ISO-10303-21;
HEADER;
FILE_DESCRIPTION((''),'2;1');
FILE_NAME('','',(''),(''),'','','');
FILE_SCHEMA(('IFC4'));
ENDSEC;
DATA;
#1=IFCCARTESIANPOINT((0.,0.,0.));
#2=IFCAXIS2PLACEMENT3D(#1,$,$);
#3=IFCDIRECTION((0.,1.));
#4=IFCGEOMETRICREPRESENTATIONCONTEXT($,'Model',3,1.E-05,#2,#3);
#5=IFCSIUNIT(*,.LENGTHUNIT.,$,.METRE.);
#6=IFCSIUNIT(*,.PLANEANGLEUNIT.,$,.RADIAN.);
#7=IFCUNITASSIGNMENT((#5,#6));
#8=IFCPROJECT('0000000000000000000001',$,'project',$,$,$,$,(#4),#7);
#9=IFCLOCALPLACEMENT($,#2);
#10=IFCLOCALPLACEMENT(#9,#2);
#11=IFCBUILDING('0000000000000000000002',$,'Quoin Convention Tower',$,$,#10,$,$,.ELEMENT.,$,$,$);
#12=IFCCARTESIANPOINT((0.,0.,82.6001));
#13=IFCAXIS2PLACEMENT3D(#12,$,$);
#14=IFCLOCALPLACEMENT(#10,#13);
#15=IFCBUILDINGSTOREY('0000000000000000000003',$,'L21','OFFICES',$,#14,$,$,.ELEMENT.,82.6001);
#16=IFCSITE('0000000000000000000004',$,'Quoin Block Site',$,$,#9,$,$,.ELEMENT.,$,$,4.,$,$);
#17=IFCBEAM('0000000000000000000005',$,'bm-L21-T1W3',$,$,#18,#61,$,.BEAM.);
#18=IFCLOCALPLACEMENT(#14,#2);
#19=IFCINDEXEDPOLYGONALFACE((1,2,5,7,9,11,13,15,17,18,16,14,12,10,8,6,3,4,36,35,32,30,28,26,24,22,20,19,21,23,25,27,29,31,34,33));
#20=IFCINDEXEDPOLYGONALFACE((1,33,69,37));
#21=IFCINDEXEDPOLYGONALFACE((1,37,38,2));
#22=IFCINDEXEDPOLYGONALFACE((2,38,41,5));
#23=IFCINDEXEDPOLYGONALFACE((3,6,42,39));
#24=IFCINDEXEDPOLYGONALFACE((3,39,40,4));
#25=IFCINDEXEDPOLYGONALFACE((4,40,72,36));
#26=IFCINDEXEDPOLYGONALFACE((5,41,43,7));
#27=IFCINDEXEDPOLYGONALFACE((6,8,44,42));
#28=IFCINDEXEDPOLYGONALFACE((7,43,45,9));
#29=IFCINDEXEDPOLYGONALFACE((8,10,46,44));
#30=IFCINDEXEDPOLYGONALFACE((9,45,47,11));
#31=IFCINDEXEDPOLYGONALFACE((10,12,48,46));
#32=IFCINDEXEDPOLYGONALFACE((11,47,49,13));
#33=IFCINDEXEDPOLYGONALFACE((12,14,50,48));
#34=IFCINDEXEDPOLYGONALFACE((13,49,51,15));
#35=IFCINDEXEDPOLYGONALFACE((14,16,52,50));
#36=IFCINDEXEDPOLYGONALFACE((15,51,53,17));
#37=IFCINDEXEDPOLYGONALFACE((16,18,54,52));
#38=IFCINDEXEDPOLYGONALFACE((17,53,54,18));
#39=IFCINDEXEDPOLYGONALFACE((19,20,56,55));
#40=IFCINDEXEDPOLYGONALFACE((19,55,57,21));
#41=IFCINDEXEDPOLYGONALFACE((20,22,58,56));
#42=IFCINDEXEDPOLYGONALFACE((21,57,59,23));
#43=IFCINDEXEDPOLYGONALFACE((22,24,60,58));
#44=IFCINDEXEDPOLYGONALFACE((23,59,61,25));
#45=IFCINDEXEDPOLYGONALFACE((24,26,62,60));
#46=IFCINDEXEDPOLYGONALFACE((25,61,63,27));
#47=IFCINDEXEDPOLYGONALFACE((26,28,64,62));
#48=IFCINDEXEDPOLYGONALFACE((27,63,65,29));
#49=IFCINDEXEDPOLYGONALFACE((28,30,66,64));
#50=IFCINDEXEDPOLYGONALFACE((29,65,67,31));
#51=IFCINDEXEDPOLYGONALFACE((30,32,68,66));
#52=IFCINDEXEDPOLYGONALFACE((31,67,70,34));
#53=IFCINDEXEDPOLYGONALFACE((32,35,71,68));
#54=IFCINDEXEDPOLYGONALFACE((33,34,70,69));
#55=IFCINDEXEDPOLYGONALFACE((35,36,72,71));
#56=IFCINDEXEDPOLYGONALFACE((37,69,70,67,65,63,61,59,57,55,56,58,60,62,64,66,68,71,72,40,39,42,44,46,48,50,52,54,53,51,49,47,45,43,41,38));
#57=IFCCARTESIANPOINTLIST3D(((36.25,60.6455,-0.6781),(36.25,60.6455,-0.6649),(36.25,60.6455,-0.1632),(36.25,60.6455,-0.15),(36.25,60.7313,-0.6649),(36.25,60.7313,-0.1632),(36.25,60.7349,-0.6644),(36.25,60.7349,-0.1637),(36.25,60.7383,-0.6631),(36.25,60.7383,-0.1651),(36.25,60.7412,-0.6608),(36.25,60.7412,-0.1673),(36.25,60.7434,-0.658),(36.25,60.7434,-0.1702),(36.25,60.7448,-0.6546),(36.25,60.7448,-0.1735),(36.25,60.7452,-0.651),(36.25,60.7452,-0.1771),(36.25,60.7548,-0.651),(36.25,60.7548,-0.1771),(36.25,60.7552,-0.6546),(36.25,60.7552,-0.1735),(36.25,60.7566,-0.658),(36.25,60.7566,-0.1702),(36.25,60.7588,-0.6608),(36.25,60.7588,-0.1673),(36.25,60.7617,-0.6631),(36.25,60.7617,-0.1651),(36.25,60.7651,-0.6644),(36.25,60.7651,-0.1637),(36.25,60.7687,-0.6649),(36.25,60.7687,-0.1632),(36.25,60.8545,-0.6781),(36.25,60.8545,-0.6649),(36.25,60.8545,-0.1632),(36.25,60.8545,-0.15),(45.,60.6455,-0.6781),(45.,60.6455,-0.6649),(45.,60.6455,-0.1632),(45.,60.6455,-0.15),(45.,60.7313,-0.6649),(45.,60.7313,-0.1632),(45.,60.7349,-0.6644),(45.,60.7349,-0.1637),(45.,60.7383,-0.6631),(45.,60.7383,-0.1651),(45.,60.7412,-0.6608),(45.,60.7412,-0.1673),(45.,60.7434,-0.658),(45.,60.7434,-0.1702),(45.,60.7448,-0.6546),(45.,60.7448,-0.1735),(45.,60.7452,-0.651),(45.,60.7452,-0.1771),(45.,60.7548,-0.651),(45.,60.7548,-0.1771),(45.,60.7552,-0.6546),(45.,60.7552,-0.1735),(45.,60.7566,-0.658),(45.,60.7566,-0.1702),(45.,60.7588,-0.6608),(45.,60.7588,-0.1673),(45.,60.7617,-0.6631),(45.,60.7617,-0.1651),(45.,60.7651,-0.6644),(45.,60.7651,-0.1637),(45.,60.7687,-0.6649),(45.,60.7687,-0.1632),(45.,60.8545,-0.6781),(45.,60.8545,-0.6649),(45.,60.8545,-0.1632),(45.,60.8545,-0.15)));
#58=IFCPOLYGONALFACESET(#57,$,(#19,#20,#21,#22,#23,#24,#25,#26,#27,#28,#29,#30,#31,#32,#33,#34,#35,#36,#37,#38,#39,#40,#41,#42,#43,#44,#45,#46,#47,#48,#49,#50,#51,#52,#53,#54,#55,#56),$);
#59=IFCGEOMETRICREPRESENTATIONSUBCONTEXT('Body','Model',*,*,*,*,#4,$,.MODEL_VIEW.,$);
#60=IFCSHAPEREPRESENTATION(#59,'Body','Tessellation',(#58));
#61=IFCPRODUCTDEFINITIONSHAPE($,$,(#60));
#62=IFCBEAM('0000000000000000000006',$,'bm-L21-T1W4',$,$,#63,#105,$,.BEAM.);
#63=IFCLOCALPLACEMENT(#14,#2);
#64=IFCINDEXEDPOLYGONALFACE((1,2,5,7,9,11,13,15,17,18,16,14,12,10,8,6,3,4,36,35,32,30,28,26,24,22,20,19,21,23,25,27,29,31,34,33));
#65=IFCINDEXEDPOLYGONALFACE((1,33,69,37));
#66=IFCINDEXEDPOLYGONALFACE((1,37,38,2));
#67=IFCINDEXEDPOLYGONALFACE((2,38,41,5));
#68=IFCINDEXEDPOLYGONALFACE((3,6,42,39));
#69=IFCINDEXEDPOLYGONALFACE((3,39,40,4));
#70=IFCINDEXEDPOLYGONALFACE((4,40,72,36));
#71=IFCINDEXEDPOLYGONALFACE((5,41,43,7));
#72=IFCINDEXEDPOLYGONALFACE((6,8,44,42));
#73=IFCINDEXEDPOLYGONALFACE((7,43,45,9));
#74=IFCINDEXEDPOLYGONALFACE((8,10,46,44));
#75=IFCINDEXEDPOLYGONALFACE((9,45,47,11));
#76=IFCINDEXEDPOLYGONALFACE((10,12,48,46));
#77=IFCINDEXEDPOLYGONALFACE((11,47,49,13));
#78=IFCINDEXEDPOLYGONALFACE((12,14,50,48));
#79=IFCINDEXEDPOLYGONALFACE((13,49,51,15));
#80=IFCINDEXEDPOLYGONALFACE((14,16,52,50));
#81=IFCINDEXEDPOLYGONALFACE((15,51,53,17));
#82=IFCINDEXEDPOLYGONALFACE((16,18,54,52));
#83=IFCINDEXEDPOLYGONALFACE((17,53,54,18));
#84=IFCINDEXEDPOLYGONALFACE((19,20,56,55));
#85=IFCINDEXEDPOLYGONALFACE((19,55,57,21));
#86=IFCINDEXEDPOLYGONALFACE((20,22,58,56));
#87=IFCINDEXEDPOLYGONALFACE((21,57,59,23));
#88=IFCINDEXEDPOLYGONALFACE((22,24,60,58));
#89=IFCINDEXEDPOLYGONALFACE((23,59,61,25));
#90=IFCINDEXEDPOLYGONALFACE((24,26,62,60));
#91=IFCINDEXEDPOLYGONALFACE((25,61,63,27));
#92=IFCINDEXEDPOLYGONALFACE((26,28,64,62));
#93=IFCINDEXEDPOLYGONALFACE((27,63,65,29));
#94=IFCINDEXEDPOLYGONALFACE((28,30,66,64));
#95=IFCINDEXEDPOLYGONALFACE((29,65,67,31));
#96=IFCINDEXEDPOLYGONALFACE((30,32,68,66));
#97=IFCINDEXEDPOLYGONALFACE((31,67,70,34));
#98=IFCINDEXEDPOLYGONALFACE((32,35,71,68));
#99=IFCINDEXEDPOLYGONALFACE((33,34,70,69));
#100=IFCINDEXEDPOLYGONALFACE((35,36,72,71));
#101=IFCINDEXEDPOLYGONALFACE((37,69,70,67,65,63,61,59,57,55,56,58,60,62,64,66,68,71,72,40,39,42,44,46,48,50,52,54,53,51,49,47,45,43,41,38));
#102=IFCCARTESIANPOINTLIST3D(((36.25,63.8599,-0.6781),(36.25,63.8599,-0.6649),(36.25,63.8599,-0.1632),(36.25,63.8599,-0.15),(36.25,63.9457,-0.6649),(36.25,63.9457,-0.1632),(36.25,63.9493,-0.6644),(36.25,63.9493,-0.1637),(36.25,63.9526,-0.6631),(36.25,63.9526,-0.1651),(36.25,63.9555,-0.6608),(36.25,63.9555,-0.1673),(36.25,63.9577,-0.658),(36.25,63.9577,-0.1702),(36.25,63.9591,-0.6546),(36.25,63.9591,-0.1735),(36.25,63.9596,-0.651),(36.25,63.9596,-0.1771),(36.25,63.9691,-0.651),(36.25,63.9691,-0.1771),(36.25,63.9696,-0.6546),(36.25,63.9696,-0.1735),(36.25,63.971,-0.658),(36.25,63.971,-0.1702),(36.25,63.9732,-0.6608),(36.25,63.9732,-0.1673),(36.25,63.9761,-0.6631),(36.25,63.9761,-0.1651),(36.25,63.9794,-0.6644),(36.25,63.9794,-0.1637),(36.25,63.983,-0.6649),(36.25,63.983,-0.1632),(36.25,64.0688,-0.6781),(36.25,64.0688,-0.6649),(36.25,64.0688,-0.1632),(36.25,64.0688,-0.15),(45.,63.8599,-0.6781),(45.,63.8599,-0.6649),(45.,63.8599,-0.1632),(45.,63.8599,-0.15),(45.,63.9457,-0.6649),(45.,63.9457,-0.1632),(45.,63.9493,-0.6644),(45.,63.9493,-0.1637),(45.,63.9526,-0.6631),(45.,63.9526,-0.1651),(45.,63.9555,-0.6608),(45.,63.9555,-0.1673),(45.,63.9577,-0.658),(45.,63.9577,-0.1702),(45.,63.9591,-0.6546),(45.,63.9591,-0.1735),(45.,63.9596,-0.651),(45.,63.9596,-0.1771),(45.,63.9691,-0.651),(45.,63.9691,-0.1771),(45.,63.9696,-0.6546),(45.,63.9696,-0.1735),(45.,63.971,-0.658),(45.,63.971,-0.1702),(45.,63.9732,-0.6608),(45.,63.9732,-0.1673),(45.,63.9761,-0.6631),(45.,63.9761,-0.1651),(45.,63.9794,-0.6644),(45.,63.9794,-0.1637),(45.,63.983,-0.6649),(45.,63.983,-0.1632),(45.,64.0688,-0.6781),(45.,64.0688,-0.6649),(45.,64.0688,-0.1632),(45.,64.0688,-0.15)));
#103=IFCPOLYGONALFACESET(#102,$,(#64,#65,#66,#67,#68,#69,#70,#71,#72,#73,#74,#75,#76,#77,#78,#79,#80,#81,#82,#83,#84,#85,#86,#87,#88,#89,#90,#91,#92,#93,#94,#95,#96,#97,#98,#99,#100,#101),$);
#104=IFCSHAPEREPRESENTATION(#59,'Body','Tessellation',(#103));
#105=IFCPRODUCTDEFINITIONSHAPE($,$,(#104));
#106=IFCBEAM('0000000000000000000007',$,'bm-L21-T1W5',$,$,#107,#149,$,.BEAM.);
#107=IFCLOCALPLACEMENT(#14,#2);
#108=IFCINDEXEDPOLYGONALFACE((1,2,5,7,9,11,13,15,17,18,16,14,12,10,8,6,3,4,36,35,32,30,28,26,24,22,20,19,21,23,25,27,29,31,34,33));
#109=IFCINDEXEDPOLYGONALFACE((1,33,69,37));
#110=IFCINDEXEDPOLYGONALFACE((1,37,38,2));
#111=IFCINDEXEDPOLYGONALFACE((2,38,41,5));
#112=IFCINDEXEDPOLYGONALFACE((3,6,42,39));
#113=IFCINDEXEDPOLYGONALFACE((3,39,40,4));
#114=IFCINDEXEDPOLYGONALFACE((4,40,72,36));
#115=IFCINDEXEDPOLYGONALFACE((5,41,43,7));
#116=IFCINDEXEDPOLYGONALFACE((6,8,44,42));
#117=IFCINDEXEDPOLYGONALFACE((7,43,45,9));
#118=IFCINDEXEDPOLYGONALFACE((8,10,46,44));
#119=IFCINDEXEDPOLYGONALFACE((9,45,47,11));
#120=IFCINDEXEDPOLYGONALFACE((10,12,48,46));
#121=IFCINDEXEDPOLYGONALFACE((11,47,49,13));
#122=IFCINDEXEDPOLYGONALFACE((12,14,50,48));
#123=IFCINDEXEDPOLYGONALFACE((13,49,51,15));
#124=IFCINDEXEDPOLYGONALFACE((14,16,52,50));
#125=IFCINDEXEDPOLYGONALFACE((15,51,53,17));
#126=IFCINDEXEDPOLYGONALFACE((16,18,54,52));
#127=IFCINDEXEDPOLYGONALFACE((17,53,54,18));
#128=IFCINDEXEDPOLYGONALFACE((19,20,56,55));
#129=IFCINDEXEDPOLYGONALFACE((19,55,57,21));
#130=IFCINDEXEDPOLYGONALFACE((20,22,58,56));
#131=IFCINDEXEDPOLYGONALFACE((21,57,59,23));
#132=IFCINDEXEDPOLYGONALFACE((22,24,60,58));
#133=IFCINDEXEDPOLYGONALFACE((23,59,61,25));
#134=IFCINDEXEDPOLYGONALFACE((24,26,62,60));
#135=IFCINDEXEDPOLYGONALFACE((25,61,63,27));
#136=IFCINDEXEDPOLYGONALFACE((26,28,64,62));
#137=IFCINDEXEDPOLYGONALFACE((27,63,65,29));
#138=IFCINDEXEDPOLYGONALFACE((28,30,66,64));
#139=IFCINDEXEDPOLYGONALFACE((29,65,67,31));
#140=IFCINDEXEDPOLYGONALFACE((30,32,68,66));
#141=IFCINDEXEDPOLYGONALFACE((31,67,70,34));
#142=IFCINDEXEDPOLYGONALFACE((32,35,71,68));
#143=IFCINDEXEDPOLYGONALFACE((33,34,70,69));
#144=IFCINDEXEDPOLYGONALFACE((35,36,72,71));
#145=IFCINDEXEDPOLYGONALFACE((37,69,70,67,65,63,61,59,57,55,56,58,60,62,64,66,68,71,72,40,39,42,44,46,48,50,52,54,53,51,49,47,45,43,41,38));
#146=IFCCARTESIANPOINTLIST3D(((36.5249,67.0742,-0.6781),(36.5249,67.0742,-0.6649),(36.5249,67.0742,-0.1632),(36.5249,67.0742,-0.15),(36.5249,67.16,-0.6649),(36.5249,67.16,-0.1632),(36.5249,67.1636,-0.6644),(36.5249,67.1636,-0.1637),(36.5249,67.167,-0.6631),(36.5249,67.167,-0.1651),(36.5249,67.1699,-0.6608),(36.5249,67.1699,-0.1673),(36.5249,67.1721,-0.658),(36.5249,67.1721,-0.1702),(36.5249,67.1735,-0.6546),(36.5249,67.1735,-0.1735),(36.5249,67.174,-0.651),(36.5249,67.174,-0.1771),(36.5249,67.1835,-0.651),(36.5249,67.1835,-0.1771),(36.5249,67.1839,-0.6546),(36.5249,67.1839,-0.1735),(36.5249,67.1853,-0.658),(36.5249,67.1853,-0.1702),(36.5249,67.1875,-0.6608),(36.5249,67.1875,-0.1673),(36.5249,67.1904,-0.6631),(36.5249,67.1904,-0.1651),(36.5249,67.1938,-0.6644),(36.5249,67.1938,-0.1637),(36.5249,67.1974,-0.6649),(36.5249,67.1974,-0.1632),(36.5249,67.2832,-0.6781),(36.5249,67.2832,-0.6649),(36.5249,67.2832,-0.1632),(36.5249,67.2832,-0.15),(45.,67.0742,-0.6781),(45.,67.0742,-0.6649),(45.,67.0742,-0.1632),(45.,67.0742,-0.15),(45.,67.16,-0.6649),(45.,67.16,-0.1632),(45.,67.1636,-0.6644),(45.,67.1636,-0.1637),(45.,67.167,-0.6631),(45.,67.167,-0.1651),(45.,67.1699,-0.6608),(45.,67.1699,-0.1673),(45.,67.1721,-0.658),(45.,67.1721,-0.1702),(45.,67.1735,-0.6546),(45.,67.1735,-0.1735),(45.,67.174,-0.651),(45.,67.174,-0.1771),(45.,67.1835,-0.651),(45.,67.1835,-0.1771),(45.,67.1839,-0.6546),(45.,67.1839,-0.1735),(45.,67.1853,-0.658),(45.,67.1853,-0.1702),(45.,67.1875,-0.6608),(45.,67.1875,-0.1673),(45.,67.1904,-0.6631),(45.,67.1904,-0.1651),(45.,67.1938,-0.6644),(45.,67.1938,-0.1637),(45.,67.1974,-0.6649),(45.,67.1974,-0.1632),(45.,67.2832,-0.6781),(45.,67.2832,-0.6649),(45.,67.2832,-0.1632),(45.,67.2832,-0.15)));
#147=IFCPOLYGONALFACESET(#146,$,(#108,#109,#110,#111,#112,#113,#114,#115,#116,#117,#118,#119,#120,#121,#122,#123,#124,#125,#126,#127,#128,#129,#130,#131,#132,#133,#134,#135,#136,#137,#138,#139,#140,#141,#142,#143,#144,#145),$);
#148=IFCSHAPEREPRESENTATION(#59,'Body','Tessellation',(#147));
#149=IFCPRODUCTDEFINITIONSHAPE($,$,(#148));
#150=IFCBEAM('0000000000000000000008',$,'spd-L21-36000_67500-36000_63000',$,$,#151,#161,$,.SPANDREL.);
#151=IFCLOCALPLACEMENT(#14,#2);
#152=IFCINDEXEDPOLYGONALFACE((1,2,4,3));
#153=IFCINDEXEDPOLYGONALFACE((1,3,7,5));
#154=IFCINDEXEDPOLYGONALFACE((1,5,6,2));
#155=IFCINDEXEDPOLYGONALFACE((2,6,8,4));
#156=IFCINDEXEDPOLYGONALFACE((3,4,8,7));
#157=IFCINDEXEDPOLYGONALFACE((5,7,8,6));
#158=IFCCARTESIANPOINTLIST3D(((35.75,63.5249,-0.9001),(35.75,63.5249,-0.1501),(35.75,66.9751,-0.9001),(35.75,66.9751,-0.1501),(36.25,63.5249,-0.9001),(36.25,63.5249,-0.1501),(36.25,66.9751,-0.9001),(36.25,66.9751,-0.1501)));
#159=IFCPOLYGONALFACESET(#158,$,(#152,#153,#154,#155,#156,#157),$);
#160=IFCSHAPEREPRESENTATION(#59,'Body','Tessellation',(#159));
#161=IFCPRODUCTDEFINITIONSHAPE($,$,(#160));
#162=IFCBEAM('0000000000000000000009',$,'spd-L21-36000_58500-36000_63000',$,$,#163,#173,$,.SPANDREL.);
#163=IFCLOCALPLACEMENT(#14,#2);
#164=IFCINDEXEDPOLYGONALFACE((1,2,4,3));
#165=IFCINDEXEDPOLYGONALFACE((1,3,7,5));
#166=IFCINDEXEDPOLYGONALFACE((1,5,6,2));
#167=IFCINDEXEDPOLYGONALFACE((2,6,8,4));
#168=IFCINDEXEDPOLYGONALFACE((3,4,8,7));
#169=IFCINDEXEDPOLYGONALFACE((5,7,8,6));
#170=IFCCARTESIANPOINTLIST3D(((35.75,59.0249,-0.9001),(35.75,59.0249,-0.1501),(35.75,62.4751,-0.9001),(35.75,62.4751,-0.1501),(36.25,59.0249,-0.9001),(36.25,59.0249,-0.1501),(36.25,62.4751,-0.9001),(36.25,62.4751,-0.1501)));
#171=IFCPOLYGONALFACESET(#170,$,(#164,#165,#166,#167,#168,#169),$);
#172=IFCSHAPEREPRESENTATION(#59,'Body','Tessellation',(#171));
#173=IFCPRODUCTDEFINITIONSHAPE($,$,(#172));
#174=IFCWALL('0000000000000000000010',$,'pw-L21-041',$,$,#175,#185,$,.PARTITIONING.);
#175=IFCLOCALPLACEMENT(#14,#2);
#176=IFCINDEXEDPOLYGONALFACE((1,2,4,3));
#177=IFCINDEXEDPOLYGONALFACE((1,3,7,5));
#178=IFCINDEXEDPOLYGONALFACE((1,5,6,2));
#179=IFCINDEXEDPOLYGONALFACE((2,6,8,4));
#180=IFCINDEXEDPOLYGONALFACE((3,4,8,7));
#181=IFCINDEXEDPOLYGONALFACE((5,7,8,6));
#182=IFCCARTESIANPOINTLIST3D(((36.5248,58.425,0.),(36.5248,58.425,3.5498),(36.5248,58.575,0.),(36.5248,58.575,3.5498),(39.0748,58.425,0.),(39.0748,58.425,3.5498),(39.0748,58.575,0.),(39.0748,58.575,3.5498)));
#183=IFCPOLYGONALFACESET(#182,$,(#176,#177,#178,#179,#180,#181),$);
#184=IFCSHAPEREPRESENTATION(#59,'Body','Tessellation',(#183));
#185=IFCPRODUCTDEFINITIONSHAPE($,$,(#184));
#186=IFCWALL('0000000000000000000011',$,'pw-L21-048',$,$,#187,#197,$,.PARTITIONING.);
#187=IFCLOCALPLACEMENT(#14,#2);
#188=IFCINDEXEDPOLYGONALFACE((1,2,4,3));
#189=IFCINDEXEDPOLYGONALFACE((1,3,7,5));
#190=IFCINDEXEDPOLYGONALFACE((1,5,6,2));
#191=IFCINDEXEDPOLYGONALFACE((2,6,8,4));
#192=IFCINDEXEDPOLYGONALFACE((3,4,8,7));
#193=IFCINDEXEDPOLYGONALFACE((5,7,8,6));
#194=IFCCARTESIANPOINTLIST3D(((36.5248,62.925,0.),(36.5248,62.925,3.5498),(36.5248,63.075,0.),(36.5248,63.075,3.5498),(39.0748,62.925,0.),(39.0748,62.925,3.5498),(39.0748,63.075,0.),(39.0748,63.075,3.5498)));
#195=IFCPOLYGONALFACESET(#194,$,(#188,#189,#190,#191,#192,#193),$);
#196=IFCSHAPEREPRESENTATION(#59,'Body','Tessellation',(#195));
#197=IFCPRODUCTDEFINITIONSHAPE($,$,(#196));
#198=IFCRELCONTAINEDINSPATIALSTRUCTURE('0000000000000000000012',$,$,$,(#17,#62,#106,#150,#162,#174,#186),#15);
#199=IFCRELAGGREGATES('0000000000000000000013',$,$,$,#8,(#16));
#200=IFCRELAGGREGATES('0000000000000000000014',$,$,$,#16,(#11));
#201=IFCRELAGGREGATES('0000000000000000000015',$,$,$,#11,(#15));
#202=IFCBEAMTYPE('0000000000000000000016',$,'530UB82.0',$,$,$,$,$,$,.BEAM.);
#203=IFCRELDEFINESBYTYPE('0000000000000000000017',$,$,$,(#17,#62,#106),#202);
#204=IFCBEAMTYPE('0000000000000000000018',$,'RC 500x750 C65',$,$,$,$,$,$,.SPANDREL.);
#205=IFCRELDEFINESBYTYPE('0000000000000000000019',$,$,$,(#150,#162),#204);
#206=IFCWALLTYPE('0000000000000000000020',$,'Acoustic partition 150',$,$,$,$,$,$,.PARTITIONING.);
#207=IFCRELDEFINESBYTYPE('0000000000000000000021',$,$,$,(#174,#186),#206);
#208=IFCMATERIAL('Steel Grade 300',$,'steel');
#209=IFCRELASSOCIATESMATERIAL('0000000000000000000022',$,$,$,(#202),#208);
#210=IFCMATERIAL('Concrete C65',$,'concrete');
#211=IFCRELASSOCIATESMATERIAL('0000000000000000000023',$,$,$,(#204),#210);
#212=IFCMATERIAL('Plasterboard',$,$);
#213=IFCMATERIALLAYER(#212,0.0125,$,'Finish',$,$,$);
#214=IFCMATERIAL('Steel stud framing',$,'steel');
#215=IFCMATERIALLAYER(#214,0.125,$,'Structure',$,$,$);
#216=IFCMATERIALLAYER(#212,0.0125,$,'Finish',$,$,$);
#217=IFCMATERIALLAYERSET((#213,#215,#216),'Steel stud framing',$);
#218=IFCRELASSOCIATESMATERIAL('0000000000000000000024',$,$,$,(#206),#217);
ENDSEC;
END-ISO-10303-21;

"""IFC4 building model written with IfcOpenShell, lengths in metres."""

from ifc_helpers import new_model, si_unit, direction, frame, frame_2d, origin, origin_2d, place, context, subcontext, project, spatial, rectangle, i_section, extrude, material, layer, layer_set, material_profile, profile_set, type_object, element, save


model = new_model("IFC4")

# Units and contexts
model_context = context("Model", 3, precision=1e-05, world=origin(), true_north=direction((0.0, 1.0)))
body_context = subcontext(model_context, "Body", "Model", "MODEL_VIEW")
ifc_project = project(units=[si_unit("LENGTHUNIT", "METRE"), si_unit("PLANEANGLEUNIT", "RADIAN")], contexts=[model_context])

# Site, building, storey
site_placement = place(None, origin())
site = spatial("IfcSite", under=ifc_project, at=site_placement, Name="Quoin Block Site", CompositionType="ELEMENT", RefElevation=4.0)
building_placement = place(site_placement, origin())
building = spatial("IfcBuilding", under=site, at=building_placement, Name="Quoin Convention Tower", CompositionType="ELEMENT")
storey_placement = place(building_placement, frame((0.0, 0.0, 82.6001)))
storey = spatial("IfcBuildingStorey", under=building, at=storey_placement, Name="L21", Description="OFFICES", CompositionType="ELEMENT", Elevation=82.6001)

# Shared definitions
ifc_material_1 = material(Name="Concrete C65", Category="concrete")

# Beams
ifc_material_2 = material(Name="Steel Grade 300", Category="steel")
ifc_material_profile_1 = material_profile(ifc_material_2, i_section(OverallWidth=0.209, OverallDepth=0.5281, WebThickness=0.0095, FlangeThickness=0.0132, FilletRadius=0.0139, at=origin_2d()), Name="530UB82.0")
ifc_profile_set_1 = profile_set([ifc_material_profile_1], Name="Steel Grade 300")
beam_type_1 = type_object("IfcBeamType", Name="530UB82.0", PredefinedType="BEAM", material=ifc_profile_set_1)
for number, where, z_axis, x_axis, name in (
    (1, (36.25, 60.75, -0.4141), (1.0, 0.0, 0.0), (0.0, 1.0, 0.0), "bm-L21-T1W3"),
    (2, (36.25, 63.9644, -0.4141), (1.0, 0.0, 0.0), (0.0, 1.0, 0.0), "bm-L21-T1W4"),
):
    element("IfcBeam", number, at=place(storey_placement, frame(where, z_axis=z_axis, x_axis=x_axis)), inside=storey, type_object=beam_type_1, Name=name, PredefinedType="BEAM", context=body_context, shape_type="SweptSolid", body=[
        extrude(i_section(OverallWidth=0.209, OverallDepth=0.5281, WebThickness=0.0095, FlangeThickness=0.0132, FilletRadius=0.0139, at=origin_2d()), origin(), (0.0, 0.0, 1.0), 8.75),
    ])
beam_1_placement = place(storey_placement, frame((36.5249, 67.1787, -0.4141), z_axis=(1.0, 0.0, 0.0), x_axis=(0.0, 1.0, 0.0)))
element("IfcBeam", 3, at=beam_1_placement, inside=storey, type_object=beam_type_1, Name="bm-L21-T1W5", PredefinedType="BEAM", context=body_context, shape_type="SweptSolid", body=[
    extrude(i_section(OverallWidth=0.209, OverallDepth=0.5281, WebThickness=0.0095, FlangeThickness=0.0132, FilletRadius=0.0139, at=origin_2d()), origin(), (0.0, 0.0, 1.0), 8.4751),
])
ifc_material_profile_2 = material_profile(ifc_material_1, rectangle(XDim=0.5, YDim=0.75, at=origin_2d()), Name="RC 500x750")
ifc_profile_set_2 = profile_set([ifc_material_profile_2], Name="Concrete C65")
beam_type_2 = type_object("IfcBeamType", Name="RC 500x750 C65", PredefinedType="SPANDREL", material=ifc_profile_set_2)
for number, where, z_axis, x_axis, name in (
    (4, (36.0, 66.9751, -0.5251), (0.0, -1.0, 0.0), (1.0, 0.0, 0.0), "spd-L21-36000_67500-36000_63000"),
    (5, (36.0, 59.0249, -0.5251), (0.0, 1.0, 0.0), (-1.0, 0.0, 0.0), "spd-L21-36000_58500-36000_63000"),
):
    element("IfcBeam", number, at=place(storey_placement, frame(where, z_axis=z_axis, x_axis=x_axis)), inside=storey, type_object=beam_type_2, Name=name, PredefinedType="SPANDREL", context=body_context, shape_type="SweptSolid", body=[
        extrude(rectangle(XDim=0.5, YDim=0.75, at=origin_2d()), origin(), (0.0, 0.0, 1.0), 3.4502),
    ])

# Walls
ifc_material_3 = material(Name="Plasterboard")
ifc_layer_1 = layer(ifc_material_3, 0.0125, Name="Finish")
ifc_material_4 = material(Name="Steel stud framing", Category="steel")
ifc_layer_2 = layer(ifc_material_4, 0.125, Name="Structure")
ifc_layer_3 = layer(ifc_material_3, 0.0125, Name="Finish")
ifc_layer_set_1 = layer_set([ifc_layer_1, ifc_layer_2, ifc_layer_3], Name="Steel stud framing")
wall_type_1 = type_object("IfcWallType", Name="Acoustic partition 150", PredefinedType="PARTITIONING", material=ifc_layer_set_1)
for number, where, z_axis, x_axis, name in (
    (6, (36.5249, 58.5, 0.0), (0.0, 0.0, 1.0), (1.0, 0.0, 0.0), "pw-L21-041"),
    (7, (36.5249, 63.0, 0.0), (0.0, 0.0, 1.0), (1.0, 0.0, 0.0), "pw-L21-048"),
):
    element("IfcWall", number, at=place(storey_placement, frame(where, z_axis=z_axis, x_axis=x_axis)), inside=storey, type_object=wall_type_1, Name=name, PredefinedType="PARTITIONING", context=body_context, shape_type="SweptSolid", body=[
        extrude(rectangle(XDim=2.55, YDim=0.1499, at=frame_2d((1.2749, 0.0))), origin(), (0.0, 0.0, 1.0), 3.5498),
    ])

save(model, "model.ifc")
